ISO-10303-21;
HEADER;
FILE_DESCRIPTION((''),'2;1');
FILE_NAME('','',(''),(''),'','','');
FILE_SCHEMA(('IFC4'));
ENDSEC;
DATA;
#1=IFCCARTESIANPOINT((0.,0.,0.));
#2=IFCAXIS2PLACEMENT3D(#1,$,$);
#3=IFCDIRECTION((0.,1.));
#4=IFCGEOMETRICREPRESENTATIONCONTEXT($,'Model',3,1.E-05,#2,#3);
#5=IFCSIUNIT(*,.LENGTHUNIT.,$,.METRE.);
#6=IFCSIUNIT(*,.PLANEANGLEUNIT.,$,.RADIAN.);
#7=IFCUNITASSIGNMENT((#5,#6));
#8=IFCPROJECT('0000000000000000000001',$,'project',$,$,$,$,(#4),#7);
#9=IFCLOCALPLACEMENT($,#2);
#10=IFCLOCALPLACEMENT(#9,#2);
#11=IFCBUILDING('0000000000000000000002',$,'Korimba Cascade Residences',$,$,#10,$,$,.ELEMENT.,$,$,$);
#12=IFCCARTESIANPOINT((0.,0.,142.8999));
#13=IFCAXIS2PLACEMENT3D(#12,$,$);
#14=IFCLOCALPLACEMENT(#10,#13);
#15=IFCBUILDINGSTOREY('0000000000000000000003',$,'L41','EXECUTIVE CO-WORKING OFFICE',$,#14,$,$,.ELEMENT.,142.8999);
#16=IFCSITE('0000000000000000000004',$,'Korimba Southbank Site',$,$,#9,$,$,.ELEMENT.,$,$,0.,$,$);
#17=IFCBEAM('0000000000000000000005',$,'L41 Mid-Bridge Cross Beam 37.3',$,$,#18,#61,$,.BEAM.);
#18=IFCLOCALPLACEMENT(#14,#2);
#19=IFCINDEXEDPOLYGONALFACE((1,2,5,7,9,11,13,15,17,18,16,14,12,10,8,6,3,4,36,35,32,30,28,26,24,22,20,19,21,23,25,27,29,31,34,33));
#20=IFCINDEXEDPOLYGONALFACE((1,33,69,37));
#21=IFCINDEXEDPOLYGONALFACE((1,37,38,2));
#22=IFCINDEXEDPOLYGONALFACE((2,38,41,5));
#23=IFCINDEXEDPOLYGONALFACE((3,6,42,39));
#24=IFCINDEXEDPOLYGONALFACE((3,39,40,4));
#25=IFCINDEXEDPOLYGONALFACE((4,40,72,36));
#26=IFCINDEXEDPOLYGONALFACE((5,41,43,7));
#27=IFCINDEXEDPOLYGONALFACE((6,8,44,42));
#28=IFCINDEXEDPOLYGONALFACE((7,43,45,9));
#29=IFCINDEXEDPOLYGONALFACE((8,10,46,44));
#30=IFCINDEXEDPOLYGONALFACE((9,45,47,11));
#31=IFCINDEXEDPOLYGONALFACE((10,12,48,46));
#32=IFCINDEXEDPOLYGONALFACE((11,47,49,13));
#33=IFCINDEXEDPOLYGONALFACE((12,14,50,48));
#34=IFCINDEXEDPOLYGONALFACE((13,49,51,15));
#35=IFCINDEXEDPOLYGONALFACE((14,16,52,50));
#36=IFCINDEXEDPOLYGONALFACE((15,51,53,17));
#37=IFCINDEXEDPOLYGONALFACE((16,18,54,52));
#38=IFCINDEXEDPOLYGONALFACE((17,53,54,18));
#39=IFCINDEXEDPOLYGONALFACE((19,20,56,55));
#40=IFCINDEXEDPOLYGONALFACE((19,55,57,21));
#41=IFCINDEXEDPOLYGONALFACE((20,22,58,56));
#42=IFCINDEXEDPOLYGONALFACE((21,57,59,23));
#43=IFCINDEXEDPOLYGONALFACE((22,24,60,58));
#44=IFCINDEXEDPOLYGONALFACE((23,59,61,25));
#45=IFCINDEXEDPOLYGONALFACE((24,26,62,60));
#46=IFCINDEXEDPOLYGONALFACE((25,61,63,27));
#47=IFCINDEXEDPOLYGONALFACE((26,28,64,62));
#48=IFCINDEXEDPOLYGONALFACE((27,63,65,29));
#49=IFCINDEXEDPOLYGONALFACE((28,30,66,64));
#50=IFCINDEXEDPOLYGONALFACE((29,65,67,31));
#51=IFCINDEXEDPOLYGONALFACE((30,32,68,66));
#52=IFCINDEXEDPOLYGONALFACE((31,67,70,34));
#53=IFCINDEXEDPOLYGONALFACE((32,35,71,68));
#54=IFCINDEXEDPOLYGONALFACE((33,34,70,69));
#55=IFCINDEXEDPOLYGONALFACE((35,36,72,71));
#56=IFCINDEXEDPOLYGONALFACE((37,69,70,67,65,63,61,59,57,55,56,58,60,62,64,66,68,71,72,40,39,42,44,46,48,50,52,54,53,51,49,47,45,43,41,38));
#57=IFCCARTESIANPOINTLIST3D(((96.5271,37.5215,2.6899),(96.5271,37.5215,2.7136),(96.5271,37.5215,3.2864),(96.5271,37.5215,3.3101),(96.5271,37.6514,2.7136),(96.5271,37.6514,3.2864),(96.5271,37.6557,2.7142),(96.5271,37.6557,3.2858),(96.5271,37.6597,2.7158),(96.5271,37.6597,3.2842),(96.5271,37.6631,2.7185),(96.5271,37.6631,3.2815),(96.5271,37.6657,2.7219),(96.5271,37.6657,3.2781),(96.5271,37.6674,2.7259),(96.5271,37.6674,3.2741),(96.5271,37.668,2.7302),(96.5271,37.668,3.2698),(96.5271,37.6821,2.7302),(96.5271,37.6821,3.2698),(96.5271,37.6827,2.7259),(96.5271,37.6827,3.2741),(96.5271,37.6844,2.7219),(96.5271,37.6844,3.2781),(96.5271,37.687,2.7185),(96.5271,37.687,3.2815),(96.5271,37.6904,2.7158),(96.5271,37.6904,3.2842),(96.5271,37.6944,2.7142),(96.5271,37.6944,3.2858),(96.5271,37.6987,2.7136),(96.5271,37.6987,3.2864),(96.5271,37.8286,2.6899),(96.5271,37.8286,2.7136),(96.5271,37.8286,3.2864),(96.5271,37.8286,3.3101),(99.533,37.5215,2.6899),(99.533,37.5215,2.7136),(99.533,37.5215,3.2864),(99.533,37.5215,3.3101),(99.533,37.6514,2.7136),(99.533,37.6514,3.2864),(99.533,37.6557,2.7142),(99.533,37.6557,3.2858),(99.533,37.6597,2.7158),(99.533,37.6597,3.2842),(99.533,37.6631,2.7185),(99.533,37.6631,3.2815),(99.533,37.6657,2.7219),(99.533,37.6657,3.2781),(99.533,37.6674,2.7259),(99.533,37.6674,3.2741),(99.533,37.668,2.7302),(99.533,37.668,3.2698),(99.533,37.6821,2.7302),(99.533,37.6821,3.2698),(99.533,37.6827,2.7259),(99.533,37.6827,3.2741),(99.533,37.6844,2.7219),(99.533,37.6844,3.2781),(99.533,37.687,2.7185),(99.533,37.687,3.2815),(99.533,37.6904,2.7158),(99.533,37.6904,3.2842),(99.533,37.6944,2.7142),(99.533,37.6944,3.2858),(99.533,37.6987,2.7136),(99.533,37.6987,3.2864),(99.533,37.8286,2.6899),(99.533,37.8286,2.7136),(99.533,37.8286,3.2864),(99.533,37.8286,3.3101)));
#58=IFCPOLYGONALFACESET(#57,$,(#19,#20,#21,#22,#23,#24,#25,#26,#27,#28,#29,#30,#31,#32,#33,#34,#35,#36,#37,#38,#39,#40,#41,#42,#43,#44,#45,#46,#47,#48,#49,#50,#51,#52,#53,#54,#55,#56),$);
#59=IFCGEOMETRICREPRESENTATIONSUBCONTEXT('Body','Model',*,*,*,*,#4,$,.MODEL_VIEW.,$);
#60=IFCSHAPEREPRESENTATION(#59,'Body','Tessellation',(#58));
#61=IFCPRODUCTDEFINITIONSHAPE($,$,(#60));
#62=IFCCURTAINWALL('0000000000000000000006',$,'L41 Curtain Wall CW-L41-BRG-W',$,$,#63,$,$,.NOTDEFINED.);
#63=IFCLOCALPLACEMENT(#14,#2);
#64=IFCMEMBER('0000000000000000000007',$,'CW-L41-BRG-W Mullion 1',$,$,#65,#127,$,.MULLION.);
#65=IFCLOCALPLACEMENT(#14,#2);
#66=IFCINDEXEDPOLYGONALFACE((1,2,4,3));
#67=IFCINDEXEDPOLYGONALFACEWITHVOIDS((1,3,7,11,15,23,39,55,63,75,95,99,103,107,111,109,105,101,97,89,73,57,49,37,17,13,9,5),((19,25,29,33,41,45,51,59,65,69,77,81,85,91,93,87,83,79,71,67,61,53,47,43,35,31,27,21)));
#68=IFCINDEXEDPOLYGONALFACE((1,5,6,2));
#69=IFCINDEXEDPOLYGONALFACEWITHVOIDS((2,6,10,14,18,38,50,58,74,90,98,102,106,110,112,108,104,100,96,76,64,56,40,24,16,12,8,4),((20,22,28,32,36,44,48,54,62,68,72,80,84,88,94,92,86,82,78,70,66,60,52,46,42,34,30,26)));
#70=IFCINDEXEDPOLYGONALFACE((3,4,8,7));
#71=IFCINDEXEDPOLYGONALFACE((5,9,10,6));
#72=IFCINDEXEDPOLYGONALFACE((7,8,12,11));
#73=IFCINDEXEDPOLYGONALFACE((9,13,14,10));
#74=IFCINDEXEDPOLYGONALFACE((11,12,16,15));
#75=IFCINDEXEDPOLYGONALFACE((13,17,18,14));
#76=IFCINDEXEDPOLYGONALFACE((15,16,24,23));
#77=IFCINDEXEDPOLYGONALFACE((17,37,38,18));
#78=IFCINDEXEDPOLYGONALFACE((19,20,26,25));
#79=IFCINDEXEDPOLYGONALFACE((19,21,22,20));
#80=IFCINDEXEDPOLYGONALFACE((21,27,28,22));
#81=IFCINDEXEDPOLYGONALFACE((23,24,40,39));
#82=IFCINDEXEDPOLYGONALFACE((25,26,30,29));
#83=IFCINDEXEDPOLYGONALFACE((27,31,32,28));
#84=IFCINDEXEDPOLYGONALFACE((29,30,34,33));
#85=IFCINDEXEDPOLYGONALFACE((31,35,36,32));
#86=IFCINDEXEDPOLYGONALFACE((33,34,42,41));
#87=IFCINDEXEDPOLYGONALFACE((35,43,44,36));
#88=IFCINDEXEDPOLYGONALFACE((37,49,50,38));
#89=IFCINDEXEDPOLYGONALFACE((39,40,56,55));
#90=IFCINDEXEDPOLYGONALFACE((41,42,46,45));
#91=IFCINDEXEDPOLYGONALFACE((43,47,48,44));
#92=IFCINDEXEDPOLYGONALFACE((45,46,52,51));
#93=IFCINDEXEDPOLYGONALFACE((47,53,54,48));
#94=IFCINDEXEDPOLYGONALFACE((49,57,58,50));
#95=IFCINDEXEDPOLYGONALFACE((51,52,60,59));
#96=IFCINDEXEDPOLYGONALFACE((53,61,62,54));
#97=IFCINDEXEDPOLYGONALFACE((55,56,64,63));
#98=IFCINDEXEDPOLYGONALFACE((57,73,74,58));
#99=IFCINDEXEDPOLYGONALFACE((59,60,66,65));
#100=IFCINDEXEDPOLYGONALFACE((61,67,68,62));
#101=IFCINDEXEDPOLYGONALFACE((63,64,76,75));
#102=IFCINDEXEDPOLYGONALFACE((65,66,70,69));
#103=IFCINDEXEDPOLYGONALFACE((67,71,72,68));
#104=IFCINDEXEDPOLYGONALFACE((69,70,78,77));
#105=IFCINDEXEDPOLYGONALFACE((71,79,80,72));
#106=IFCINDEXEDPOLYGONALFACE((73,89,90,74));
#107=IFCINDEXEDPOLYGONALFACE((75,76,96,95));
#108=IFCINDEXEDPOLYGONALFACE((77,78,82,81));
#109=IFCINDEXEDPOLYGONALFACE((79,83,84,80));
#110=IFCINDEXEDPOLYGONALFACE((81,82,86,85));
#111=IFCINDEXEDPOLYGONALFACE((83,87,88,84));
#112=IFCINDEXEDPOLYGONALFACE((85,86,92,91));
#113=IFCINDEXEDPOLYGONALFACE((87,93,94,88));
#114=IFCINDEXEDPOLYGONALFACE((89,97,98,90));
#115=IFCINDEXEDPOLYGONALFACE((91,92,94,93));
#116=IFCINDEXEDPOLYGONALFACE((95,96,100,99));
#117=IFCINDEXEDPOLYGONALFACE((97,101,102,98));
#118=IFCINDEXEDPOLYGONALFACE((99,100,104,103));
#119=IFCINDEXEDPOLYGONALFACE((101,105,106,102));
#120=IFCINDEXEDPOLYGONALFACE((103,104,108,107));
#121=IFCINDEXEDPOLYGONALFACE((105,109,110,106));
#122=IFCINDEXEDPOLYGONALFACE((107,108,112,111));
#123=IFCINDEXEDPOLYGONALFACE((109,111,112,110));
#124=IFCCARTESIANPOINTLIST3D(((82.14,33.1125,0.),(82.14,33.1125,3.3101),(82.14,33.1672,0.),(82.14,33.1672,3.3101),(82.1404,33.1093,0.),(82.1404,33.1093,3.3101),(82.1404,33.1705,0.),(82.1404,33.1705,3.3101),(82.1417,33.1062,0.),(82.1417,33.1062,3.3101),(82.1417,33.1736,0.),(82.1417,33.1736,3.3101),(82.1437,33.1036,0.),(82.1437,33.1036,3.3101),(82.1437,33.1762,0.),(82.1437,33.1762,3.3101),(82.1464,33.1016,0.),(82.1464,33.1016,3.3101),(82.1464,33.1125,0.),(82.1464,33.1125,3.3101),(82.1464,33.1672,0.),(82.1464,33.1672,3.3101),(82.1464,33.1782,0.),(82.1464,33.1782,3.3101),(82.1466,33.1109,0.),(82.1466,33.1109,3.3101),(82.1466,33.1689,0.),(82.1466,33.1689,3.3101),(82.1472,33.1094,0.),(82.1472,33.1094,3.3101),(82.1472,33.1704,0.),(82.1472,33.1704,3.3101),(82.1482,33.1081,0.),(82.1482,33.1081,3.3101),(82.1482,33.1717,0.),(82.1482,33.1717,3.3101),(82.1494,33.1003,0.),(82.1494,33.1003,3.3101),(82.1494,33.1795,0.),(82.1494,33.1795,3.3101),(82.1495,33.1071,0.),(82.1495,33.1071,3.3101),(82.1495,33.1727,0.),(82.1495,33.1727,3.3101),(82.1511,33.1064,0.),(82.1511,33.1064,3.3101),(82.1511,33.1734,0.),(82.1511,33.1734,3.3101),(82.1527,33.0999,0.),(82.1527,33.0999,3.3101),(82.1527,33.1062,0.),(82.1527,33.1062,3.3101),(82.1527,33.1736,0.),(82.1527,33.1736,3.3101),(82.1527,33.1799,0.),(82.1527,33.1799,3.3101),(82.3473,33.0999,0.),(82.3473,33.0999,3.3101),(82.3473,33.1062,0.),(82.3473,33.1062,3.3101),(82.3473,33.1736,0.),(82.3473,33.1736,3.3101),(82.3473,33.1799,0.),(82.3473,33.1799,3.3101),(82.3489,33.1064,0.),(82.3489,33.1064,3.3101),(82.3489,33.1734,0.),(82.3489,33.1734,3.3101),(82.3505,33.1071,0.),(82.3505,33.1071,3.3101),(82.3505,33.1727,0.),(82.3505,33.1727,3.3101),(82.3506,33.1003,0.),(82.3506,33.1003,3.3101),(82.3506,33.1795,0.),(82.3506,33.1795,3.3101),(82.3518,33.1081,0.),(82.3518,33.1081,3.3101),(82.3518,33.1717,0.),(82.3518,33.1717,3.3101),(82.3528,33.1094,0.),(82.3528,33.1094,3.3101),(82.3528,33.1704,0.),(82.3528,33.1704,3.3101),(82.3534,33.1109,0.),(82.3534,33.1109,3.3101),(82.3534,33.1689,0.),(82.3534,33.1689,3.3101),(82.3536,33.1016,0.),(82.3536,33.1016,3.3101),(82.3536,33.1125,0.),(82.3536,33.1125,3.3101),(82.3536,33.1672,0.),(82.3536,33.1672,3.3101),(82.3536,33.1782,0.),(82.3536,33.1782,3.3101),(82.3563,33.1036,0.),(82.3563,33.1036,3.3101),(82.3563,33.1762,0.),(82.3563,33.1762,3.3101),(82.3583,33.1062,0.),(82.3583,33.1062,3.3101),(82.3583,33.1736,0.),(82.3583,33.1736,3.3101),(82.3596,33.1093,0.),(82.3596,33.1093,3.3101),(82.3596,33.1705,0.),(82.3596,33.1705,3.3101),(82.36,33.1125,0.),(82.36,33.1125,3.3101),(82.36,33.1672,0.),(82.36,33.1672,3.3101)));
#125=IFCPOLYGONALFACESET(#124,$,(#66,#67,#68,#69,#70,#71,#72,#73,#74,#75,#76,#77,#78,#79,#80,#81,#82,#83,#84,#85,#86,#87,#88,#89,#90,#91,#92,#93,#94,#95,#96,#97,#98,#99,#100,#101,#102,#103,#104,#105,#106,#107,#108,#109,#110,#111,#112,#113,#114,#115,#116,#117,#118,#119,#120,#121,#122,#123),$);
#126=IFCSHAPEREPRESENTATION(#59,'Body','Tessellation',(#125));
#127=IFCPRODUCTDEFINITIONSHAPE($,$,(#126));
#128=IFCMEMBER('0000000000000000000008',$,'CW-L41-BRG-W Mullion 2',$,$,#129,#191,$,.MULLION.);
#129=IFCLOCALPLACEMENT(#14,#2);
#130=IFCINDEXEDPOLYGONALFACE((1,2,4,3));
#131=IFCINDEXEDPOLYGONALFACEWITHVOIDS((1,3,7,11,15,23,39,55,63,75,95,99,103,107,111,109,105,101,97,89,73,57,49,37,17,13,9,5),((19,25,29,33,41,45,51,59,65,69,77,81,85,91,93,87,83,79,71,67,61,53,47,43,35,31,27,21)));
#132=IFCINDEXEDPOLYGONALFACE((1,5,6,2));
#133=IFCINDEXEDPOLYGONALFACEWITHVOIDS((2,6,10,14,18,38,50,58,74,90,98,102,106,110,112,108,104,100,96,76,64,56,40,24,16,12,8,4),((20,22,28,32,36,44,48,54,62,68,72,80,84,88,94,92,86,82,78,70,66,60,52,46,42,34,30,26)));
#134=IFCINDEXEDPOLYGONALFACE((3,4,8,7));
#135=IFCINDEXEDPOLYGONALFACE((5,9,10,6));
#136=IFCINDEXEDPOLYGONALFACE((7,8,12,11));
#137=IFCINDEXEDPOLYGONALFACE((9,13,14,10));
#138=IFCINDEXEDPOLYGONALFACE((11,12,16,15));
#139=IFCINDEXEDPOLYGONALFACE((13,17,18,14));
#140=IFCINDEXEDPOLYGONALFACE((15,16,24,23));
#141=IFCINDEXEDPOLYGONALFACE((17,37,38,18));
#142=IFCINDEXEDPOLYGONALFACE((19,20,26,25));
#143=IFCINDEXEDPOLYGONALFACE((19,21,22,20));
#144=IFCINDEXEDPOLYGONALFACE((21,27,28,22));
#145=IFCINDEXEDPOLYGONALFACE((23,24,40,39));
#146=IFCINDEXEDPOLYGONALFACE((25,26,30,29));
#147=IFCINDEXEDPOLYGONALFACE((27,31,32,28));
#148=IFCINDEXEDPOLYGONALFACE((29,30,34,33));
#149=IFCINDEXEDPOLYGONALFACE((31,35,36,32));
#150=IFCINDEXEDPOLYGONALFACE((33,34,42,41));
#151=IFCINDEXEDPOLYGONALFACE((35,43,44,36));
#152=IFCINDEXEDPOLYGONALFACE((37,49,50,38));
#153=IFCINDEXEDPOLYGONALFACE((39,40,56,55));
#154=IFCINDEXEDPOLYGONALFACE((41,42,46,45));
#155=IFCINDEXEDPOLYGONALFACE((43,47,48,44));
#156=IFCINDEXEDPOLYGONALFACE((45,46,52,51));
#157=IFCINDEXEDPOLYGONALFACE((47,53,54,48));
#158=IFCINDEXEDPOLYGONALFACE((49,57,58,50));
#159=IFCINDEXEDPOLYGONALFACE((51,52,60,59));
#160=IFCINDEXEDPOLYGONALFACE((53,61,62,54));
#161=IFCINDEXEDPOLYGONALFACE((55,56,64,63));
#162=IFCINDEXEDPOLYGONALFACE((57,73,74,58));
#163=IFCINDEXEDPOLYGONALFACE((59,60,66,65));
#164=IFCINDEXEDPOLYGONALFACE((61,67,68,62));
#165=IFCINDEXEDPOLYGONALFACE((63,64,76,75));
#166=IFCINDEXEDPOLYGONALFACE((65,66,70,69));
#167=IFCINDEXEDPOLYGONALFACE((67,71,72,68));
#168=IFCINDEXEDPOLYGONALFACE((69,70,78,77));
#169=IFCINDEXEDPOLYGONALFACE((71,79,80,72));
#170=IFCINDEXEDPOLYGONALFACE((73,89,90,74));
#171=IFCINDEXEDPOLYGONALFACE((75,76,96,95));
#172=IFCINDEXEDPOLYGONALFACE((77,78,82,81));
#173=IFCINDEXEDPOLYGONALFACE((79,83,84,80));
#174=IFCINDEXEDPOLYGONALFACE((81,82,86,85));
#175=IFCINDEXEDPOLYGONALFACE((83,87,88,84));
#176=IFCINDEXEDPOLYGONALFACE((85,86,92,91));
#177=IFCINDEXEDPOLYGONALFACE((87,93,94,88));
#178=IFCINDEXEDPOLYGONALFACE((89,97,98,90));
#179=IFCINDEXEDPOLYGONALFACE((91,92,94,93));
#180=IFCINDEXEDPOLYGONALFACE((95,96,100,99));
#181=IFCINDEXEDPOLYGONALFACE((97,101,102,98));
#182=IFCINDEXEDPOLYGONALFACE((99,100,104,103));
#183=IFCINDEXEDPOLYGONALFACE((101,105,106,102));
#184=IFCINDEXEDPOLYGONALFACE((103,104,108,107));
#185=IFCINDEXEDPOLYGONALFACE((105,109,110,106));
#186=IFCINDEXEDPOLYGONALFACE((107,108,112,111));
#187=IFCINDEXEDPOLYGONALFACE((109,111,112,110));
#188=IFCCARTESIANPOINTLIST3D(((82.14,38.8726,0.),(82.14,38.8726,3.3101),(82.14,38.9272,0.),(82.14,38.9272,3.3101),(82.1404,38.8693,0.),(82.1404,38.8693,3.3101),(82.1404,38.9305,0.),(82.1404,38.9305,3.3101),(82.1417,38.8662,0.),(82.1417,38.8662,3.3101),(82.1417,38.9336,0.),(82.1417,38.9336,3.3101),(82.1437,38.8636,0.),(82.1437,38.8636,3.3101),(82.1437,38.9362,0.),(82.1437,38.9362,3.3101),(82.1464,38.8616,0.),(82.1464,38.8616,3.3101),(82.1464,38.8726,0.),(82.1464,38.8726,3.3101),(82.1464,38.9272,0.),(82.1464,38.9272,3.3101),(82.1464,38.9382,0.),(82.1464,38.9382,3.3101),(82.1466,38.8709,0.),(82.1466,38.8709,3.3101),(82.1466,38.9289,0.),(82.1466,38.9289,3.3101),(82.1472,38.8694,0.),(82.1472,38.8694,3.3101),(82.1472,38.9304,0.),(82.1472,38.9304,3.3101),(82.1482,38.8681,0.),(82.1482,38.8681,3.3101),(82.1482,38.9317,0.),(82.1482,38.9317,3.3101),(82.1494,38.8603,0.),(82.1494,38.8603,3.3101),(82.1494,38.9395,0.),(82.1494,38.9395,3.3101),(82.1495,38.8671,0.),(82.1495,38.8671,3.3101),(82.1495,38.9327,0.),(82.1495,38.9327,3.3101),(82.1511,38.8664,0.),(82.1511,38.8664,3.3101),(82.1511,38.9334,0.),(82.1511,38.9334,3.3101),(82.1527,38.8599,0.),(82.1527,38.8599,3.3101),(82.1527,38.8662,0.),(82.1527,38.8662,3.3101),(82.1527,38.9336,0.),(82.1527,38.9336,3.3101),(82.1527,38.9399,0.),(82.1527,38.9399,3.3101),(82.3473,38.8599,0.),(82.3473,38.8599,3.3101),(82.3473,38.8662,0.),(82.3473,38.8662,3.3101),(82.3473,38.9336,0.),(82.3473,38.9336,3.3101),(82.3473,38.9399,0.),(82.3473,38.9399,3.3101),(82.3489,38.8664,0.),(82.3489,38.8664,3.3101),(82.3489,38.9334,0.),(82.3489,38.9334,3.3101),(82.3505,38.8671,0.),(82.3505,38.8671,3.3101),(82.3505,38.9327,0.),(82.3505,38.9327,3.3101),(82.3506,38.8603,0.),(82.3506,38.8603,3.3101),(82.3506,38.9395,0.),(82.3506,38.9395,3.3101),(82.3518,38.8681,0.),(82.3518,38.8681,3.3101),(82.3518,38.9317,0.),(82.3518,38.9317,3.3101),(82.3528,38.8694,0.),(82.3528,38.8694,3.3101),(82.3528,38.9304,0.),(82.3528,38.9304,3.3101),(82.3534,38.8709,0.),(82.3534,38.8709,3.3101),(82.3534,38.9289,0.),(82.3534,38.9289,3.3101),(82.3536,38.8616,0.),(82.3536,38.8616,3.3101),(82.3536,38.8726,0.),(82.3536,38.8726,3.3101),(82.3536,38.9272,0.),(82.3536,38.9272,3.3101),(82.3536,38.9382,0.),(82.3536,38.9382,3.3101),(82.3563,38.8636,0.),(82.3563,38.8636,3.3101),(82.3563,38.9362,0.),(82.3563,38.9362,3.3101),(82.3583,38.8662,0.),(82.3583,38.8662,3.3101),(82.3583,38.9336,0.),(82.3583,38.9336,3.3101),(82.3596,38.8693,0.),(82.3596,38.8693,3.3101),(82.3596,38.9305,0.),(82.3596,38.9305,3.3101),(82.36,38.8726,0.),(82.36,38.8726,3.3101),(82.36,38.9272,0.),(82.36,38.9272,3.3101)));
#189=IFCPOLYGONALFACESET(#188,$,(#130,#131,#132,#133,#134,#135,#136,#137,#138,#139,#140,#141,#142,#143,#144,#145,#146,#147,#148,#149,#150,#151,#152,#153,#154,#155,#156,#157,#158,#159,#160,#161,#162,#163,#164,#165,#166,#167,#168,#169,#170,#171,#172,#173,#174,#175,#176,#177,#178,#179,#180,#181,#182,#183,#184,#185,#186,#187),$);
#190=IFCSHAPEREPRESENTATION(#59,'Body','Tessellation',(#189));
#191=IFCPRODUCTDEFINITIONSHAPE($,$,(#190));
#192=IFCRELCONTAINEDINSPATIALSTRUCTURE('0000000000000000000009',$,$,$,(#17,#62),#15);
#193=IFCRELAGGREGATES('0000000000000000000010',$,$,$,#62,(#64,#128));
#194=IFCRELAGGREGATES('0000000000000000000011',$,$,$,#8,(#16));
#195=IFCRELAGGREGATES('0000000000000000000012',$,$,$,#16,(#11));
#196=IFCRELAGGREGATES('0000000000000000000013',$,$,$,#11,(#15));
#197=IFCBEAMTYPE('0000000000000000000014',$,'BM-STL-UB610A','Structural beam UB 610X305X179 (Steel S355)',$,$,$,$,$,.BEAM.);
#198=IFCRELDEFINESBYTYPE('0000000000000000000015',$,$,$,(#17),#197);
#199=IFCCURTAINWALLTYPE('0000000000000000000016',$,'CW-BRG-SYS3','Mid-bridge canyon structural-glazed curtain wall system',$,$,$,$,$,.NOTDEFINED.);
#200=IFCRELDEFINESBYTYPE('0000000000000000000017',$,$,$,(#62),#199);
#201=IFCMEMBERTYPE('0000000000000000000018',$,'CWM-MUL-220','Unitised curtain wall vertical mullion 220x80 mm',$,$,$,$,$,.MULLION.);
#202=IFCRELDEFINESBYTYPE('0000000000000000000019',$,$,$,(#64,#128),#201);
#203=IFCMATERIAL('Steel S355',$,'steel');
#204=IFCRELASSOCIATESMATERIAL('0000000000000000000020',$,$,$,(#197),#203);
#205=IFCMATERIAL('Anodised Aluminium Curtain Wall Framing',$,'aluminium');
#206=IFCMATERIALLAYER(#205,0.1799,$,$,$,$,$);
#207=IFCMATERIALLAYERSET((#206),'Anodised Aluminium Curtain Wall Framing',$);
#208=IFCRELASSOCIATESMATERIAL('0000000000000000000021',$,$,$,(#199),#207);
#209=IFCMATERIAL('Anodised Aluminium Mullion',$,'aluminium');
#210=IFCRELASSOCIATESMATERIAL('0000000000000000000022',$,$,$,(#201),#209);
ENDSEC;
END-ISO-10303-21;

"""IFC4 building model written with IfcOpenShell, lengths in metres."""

from ifc_helpers import new_model, si_unit, direction, frame, origin, origin_2d, place, context, subcontext, project, spatial, hollow_rectangle, i_section, extrude, material, layer, layer_set, material_profile, profile_set, type_object, element, aggregate, save


model = new_model("IFC4")

# Units and contexts
model_context = context("Model", 3, precision=1e-05, world=origin(), true_north=direction((0.0, 1.0)))
body_context = subcontext(model_context, "Body", "Model", "MODEL_VIEW")
ifc_project = project(units=[si_unit("LENGTHUNIT", "METRE"), si_unit("PLANEANGLEUNIT", "RADIAN")], contexts=[model_context])

# Site, building, storey
site_placement = place(None, origin())
site = spatial("IfcSite", under=ifc_project, at=site_placement, Name="Korimba Southbank Site", CompositionType="ELEMENT", RefElevation=0.0)
building_placement = place(site_placement, origin())
building = spatial("IfcBuilding", under=site, at=building_placement, Name="Korimba Cascade Residences", CompositionType="ELEMENT")
storey_placement = place(building_placement, frame((0.0, 0.0, 142.8999)))
storey = spatial("IfcBuildingStorey", under=building, at=storey_placement, Name="L41", Description="EXECUTIVE CO-WORKING OFFICE", CompositionType="ELEMENT", Elevation=142.8999)

# Beam
ifc_material_1 = material(Name="Steel S355", Category="steel")
ifc_material_profile_1 = material_profile(ifc_material_1, i_section(OverallWidth=0.3071, OverallDepth=0.6201, WebThickness=0.0142, FlangeThickness=0.0237, FilletRadius=0.0166, at=origin_2d()), Name="Steel S355")
ifc_profile_set_1 = profile_set([ifc_material_profile_1], Name="Steel S355")
beam_type = type_object("IfcBeamType", Name="BM-STL-UB610A", Description="Structural beam UB 610X305X179 (Steel S355)", PredefinedType="BEAM", material=ifc_profile_set_1)
beam_1_placement = place(storey_placement, frame((96.5271, 37.675, 3.0), z_axis=(1.0, 0.0, 0.0), x_axis=(0.0, 1.0, 0.0)))
element("IfcBeam", 1, at=beam_1_placement, inside=storey, type_object=beam_type, Name="L41 Mid-Bridge Cross Beam 37.3", PredefinedType="BEAM", context=body_context, shape_type="SweptSolid", body=[
    extrude(i_section(OverallWidth=0.3071, OverallDepth=0.6201, WebThickness=0.0142, FlangeThickness=0.0237, FilletRadius=0.0166, at=origin_2d()), origin(), (0.0, 0.0, 1.0), 3.0059),
])

# Curtain wall, members
ifc_material_2 = material(Name="Anodised Aluminium Curtain Wall Framing", Category="aluminium")
ifc_layer_1 = layer(ifc_material_2, 0.1799)
ifc_layer_set_1 = layer_set([ifc_layer_1], Name="Anodised Aluminium Curtain Wall Framing")
curtain_wall_type = type_object("IfcCurtainWallType", Name="CW-BRG-SYS3", Description="Mid-bridge canyon structural-glazed curtain wall system", PredefinedType="NOTDEFINED", material=ifc_layer_set_1)
curtain_wall_placement = place(storey_placement, origin())
curtain_wall = element("IfcCurtainWall", 2, at=curtain_wall_placement, inside=storey, type_object=curtain_wall_type, Name="L41 Curtain Wall CW-L41-BRG-W", PredefinedType="NOTDEFINED")
ifc_material_3 = material(Name="Anodised Aluminium Mullion", Category="aluminium")
ifc_material_profile_2 = material_profile(ifc_material_3, hollow_rectangle(XDim=0.0801, YDim=0.22, WallThickness=0.0063, InnerFilletRadius=0.0063, OuterFilletRadius=0.0127, at=origin_2d()), Name="Anodised Aluminium Mullion")
ifc_profile_set_2 = profile_set([ifc_material_profile_2], Name="Anodised Aluminium Mullion")
member_type_1 = type_object("IfcMemberType", Name="CWM-MUL-220", Description="Unitised curtain wall vertical mullion 220x80 mm", PredefinedType="MULLION", material=ifc_profile_set_2)
member_1_placement = place(storey_placement, frame((82.25, 33.1399, 0.0), z_axis=(0.0, 0.0, 1.0), x_axis=(0.0, 1.0, 0.0)))
member_1 = element("IfcMember", 3, at=member_1_placement, type_object=member_type_1, Name="CW-L41-BRG-W Mullion 1", PredefinedType="MULLION", context=body_context, shape_type="SweptSolid", body=[
    extrude(hollow_rectangle(XDim=0.0801, YDim=0.22, WallThickness=0.0063, InnerFilletRadius=0.0063, OuterFilletRadius=0.0127, at=origin_2d()), origin(), (0.0, 0.0, 1.0), 3.3101),
])
member_2_placement = place(storey_placement, frame((82.25, 38.8999, 0.0), z_axis=(0.0, 0.0, 1.0), x_axis=(0.0, 1.0, 0.0)))
member_2 = element("IfcMember", 4, at=member_2_placement, type_object=member_type_1, Name="CW-L41-BRG-W Mullion 2", PredefinedType="MULLION", context=body_context, shape_type="SweptSolid", body=[
    extrude(hollow_rectangle(XDim=0.0801, YDim=0.22, WallThickness=0.0063, InnerFilletRadius=0.0063, OuterFilletRadius=0.0127, at=origin_2d()), origin(), (0.0, 0.0, 1.0), 3.3101),
])
aggregate(curtain_wall, [member_1, member_2])

save(model, "model.ifc")
